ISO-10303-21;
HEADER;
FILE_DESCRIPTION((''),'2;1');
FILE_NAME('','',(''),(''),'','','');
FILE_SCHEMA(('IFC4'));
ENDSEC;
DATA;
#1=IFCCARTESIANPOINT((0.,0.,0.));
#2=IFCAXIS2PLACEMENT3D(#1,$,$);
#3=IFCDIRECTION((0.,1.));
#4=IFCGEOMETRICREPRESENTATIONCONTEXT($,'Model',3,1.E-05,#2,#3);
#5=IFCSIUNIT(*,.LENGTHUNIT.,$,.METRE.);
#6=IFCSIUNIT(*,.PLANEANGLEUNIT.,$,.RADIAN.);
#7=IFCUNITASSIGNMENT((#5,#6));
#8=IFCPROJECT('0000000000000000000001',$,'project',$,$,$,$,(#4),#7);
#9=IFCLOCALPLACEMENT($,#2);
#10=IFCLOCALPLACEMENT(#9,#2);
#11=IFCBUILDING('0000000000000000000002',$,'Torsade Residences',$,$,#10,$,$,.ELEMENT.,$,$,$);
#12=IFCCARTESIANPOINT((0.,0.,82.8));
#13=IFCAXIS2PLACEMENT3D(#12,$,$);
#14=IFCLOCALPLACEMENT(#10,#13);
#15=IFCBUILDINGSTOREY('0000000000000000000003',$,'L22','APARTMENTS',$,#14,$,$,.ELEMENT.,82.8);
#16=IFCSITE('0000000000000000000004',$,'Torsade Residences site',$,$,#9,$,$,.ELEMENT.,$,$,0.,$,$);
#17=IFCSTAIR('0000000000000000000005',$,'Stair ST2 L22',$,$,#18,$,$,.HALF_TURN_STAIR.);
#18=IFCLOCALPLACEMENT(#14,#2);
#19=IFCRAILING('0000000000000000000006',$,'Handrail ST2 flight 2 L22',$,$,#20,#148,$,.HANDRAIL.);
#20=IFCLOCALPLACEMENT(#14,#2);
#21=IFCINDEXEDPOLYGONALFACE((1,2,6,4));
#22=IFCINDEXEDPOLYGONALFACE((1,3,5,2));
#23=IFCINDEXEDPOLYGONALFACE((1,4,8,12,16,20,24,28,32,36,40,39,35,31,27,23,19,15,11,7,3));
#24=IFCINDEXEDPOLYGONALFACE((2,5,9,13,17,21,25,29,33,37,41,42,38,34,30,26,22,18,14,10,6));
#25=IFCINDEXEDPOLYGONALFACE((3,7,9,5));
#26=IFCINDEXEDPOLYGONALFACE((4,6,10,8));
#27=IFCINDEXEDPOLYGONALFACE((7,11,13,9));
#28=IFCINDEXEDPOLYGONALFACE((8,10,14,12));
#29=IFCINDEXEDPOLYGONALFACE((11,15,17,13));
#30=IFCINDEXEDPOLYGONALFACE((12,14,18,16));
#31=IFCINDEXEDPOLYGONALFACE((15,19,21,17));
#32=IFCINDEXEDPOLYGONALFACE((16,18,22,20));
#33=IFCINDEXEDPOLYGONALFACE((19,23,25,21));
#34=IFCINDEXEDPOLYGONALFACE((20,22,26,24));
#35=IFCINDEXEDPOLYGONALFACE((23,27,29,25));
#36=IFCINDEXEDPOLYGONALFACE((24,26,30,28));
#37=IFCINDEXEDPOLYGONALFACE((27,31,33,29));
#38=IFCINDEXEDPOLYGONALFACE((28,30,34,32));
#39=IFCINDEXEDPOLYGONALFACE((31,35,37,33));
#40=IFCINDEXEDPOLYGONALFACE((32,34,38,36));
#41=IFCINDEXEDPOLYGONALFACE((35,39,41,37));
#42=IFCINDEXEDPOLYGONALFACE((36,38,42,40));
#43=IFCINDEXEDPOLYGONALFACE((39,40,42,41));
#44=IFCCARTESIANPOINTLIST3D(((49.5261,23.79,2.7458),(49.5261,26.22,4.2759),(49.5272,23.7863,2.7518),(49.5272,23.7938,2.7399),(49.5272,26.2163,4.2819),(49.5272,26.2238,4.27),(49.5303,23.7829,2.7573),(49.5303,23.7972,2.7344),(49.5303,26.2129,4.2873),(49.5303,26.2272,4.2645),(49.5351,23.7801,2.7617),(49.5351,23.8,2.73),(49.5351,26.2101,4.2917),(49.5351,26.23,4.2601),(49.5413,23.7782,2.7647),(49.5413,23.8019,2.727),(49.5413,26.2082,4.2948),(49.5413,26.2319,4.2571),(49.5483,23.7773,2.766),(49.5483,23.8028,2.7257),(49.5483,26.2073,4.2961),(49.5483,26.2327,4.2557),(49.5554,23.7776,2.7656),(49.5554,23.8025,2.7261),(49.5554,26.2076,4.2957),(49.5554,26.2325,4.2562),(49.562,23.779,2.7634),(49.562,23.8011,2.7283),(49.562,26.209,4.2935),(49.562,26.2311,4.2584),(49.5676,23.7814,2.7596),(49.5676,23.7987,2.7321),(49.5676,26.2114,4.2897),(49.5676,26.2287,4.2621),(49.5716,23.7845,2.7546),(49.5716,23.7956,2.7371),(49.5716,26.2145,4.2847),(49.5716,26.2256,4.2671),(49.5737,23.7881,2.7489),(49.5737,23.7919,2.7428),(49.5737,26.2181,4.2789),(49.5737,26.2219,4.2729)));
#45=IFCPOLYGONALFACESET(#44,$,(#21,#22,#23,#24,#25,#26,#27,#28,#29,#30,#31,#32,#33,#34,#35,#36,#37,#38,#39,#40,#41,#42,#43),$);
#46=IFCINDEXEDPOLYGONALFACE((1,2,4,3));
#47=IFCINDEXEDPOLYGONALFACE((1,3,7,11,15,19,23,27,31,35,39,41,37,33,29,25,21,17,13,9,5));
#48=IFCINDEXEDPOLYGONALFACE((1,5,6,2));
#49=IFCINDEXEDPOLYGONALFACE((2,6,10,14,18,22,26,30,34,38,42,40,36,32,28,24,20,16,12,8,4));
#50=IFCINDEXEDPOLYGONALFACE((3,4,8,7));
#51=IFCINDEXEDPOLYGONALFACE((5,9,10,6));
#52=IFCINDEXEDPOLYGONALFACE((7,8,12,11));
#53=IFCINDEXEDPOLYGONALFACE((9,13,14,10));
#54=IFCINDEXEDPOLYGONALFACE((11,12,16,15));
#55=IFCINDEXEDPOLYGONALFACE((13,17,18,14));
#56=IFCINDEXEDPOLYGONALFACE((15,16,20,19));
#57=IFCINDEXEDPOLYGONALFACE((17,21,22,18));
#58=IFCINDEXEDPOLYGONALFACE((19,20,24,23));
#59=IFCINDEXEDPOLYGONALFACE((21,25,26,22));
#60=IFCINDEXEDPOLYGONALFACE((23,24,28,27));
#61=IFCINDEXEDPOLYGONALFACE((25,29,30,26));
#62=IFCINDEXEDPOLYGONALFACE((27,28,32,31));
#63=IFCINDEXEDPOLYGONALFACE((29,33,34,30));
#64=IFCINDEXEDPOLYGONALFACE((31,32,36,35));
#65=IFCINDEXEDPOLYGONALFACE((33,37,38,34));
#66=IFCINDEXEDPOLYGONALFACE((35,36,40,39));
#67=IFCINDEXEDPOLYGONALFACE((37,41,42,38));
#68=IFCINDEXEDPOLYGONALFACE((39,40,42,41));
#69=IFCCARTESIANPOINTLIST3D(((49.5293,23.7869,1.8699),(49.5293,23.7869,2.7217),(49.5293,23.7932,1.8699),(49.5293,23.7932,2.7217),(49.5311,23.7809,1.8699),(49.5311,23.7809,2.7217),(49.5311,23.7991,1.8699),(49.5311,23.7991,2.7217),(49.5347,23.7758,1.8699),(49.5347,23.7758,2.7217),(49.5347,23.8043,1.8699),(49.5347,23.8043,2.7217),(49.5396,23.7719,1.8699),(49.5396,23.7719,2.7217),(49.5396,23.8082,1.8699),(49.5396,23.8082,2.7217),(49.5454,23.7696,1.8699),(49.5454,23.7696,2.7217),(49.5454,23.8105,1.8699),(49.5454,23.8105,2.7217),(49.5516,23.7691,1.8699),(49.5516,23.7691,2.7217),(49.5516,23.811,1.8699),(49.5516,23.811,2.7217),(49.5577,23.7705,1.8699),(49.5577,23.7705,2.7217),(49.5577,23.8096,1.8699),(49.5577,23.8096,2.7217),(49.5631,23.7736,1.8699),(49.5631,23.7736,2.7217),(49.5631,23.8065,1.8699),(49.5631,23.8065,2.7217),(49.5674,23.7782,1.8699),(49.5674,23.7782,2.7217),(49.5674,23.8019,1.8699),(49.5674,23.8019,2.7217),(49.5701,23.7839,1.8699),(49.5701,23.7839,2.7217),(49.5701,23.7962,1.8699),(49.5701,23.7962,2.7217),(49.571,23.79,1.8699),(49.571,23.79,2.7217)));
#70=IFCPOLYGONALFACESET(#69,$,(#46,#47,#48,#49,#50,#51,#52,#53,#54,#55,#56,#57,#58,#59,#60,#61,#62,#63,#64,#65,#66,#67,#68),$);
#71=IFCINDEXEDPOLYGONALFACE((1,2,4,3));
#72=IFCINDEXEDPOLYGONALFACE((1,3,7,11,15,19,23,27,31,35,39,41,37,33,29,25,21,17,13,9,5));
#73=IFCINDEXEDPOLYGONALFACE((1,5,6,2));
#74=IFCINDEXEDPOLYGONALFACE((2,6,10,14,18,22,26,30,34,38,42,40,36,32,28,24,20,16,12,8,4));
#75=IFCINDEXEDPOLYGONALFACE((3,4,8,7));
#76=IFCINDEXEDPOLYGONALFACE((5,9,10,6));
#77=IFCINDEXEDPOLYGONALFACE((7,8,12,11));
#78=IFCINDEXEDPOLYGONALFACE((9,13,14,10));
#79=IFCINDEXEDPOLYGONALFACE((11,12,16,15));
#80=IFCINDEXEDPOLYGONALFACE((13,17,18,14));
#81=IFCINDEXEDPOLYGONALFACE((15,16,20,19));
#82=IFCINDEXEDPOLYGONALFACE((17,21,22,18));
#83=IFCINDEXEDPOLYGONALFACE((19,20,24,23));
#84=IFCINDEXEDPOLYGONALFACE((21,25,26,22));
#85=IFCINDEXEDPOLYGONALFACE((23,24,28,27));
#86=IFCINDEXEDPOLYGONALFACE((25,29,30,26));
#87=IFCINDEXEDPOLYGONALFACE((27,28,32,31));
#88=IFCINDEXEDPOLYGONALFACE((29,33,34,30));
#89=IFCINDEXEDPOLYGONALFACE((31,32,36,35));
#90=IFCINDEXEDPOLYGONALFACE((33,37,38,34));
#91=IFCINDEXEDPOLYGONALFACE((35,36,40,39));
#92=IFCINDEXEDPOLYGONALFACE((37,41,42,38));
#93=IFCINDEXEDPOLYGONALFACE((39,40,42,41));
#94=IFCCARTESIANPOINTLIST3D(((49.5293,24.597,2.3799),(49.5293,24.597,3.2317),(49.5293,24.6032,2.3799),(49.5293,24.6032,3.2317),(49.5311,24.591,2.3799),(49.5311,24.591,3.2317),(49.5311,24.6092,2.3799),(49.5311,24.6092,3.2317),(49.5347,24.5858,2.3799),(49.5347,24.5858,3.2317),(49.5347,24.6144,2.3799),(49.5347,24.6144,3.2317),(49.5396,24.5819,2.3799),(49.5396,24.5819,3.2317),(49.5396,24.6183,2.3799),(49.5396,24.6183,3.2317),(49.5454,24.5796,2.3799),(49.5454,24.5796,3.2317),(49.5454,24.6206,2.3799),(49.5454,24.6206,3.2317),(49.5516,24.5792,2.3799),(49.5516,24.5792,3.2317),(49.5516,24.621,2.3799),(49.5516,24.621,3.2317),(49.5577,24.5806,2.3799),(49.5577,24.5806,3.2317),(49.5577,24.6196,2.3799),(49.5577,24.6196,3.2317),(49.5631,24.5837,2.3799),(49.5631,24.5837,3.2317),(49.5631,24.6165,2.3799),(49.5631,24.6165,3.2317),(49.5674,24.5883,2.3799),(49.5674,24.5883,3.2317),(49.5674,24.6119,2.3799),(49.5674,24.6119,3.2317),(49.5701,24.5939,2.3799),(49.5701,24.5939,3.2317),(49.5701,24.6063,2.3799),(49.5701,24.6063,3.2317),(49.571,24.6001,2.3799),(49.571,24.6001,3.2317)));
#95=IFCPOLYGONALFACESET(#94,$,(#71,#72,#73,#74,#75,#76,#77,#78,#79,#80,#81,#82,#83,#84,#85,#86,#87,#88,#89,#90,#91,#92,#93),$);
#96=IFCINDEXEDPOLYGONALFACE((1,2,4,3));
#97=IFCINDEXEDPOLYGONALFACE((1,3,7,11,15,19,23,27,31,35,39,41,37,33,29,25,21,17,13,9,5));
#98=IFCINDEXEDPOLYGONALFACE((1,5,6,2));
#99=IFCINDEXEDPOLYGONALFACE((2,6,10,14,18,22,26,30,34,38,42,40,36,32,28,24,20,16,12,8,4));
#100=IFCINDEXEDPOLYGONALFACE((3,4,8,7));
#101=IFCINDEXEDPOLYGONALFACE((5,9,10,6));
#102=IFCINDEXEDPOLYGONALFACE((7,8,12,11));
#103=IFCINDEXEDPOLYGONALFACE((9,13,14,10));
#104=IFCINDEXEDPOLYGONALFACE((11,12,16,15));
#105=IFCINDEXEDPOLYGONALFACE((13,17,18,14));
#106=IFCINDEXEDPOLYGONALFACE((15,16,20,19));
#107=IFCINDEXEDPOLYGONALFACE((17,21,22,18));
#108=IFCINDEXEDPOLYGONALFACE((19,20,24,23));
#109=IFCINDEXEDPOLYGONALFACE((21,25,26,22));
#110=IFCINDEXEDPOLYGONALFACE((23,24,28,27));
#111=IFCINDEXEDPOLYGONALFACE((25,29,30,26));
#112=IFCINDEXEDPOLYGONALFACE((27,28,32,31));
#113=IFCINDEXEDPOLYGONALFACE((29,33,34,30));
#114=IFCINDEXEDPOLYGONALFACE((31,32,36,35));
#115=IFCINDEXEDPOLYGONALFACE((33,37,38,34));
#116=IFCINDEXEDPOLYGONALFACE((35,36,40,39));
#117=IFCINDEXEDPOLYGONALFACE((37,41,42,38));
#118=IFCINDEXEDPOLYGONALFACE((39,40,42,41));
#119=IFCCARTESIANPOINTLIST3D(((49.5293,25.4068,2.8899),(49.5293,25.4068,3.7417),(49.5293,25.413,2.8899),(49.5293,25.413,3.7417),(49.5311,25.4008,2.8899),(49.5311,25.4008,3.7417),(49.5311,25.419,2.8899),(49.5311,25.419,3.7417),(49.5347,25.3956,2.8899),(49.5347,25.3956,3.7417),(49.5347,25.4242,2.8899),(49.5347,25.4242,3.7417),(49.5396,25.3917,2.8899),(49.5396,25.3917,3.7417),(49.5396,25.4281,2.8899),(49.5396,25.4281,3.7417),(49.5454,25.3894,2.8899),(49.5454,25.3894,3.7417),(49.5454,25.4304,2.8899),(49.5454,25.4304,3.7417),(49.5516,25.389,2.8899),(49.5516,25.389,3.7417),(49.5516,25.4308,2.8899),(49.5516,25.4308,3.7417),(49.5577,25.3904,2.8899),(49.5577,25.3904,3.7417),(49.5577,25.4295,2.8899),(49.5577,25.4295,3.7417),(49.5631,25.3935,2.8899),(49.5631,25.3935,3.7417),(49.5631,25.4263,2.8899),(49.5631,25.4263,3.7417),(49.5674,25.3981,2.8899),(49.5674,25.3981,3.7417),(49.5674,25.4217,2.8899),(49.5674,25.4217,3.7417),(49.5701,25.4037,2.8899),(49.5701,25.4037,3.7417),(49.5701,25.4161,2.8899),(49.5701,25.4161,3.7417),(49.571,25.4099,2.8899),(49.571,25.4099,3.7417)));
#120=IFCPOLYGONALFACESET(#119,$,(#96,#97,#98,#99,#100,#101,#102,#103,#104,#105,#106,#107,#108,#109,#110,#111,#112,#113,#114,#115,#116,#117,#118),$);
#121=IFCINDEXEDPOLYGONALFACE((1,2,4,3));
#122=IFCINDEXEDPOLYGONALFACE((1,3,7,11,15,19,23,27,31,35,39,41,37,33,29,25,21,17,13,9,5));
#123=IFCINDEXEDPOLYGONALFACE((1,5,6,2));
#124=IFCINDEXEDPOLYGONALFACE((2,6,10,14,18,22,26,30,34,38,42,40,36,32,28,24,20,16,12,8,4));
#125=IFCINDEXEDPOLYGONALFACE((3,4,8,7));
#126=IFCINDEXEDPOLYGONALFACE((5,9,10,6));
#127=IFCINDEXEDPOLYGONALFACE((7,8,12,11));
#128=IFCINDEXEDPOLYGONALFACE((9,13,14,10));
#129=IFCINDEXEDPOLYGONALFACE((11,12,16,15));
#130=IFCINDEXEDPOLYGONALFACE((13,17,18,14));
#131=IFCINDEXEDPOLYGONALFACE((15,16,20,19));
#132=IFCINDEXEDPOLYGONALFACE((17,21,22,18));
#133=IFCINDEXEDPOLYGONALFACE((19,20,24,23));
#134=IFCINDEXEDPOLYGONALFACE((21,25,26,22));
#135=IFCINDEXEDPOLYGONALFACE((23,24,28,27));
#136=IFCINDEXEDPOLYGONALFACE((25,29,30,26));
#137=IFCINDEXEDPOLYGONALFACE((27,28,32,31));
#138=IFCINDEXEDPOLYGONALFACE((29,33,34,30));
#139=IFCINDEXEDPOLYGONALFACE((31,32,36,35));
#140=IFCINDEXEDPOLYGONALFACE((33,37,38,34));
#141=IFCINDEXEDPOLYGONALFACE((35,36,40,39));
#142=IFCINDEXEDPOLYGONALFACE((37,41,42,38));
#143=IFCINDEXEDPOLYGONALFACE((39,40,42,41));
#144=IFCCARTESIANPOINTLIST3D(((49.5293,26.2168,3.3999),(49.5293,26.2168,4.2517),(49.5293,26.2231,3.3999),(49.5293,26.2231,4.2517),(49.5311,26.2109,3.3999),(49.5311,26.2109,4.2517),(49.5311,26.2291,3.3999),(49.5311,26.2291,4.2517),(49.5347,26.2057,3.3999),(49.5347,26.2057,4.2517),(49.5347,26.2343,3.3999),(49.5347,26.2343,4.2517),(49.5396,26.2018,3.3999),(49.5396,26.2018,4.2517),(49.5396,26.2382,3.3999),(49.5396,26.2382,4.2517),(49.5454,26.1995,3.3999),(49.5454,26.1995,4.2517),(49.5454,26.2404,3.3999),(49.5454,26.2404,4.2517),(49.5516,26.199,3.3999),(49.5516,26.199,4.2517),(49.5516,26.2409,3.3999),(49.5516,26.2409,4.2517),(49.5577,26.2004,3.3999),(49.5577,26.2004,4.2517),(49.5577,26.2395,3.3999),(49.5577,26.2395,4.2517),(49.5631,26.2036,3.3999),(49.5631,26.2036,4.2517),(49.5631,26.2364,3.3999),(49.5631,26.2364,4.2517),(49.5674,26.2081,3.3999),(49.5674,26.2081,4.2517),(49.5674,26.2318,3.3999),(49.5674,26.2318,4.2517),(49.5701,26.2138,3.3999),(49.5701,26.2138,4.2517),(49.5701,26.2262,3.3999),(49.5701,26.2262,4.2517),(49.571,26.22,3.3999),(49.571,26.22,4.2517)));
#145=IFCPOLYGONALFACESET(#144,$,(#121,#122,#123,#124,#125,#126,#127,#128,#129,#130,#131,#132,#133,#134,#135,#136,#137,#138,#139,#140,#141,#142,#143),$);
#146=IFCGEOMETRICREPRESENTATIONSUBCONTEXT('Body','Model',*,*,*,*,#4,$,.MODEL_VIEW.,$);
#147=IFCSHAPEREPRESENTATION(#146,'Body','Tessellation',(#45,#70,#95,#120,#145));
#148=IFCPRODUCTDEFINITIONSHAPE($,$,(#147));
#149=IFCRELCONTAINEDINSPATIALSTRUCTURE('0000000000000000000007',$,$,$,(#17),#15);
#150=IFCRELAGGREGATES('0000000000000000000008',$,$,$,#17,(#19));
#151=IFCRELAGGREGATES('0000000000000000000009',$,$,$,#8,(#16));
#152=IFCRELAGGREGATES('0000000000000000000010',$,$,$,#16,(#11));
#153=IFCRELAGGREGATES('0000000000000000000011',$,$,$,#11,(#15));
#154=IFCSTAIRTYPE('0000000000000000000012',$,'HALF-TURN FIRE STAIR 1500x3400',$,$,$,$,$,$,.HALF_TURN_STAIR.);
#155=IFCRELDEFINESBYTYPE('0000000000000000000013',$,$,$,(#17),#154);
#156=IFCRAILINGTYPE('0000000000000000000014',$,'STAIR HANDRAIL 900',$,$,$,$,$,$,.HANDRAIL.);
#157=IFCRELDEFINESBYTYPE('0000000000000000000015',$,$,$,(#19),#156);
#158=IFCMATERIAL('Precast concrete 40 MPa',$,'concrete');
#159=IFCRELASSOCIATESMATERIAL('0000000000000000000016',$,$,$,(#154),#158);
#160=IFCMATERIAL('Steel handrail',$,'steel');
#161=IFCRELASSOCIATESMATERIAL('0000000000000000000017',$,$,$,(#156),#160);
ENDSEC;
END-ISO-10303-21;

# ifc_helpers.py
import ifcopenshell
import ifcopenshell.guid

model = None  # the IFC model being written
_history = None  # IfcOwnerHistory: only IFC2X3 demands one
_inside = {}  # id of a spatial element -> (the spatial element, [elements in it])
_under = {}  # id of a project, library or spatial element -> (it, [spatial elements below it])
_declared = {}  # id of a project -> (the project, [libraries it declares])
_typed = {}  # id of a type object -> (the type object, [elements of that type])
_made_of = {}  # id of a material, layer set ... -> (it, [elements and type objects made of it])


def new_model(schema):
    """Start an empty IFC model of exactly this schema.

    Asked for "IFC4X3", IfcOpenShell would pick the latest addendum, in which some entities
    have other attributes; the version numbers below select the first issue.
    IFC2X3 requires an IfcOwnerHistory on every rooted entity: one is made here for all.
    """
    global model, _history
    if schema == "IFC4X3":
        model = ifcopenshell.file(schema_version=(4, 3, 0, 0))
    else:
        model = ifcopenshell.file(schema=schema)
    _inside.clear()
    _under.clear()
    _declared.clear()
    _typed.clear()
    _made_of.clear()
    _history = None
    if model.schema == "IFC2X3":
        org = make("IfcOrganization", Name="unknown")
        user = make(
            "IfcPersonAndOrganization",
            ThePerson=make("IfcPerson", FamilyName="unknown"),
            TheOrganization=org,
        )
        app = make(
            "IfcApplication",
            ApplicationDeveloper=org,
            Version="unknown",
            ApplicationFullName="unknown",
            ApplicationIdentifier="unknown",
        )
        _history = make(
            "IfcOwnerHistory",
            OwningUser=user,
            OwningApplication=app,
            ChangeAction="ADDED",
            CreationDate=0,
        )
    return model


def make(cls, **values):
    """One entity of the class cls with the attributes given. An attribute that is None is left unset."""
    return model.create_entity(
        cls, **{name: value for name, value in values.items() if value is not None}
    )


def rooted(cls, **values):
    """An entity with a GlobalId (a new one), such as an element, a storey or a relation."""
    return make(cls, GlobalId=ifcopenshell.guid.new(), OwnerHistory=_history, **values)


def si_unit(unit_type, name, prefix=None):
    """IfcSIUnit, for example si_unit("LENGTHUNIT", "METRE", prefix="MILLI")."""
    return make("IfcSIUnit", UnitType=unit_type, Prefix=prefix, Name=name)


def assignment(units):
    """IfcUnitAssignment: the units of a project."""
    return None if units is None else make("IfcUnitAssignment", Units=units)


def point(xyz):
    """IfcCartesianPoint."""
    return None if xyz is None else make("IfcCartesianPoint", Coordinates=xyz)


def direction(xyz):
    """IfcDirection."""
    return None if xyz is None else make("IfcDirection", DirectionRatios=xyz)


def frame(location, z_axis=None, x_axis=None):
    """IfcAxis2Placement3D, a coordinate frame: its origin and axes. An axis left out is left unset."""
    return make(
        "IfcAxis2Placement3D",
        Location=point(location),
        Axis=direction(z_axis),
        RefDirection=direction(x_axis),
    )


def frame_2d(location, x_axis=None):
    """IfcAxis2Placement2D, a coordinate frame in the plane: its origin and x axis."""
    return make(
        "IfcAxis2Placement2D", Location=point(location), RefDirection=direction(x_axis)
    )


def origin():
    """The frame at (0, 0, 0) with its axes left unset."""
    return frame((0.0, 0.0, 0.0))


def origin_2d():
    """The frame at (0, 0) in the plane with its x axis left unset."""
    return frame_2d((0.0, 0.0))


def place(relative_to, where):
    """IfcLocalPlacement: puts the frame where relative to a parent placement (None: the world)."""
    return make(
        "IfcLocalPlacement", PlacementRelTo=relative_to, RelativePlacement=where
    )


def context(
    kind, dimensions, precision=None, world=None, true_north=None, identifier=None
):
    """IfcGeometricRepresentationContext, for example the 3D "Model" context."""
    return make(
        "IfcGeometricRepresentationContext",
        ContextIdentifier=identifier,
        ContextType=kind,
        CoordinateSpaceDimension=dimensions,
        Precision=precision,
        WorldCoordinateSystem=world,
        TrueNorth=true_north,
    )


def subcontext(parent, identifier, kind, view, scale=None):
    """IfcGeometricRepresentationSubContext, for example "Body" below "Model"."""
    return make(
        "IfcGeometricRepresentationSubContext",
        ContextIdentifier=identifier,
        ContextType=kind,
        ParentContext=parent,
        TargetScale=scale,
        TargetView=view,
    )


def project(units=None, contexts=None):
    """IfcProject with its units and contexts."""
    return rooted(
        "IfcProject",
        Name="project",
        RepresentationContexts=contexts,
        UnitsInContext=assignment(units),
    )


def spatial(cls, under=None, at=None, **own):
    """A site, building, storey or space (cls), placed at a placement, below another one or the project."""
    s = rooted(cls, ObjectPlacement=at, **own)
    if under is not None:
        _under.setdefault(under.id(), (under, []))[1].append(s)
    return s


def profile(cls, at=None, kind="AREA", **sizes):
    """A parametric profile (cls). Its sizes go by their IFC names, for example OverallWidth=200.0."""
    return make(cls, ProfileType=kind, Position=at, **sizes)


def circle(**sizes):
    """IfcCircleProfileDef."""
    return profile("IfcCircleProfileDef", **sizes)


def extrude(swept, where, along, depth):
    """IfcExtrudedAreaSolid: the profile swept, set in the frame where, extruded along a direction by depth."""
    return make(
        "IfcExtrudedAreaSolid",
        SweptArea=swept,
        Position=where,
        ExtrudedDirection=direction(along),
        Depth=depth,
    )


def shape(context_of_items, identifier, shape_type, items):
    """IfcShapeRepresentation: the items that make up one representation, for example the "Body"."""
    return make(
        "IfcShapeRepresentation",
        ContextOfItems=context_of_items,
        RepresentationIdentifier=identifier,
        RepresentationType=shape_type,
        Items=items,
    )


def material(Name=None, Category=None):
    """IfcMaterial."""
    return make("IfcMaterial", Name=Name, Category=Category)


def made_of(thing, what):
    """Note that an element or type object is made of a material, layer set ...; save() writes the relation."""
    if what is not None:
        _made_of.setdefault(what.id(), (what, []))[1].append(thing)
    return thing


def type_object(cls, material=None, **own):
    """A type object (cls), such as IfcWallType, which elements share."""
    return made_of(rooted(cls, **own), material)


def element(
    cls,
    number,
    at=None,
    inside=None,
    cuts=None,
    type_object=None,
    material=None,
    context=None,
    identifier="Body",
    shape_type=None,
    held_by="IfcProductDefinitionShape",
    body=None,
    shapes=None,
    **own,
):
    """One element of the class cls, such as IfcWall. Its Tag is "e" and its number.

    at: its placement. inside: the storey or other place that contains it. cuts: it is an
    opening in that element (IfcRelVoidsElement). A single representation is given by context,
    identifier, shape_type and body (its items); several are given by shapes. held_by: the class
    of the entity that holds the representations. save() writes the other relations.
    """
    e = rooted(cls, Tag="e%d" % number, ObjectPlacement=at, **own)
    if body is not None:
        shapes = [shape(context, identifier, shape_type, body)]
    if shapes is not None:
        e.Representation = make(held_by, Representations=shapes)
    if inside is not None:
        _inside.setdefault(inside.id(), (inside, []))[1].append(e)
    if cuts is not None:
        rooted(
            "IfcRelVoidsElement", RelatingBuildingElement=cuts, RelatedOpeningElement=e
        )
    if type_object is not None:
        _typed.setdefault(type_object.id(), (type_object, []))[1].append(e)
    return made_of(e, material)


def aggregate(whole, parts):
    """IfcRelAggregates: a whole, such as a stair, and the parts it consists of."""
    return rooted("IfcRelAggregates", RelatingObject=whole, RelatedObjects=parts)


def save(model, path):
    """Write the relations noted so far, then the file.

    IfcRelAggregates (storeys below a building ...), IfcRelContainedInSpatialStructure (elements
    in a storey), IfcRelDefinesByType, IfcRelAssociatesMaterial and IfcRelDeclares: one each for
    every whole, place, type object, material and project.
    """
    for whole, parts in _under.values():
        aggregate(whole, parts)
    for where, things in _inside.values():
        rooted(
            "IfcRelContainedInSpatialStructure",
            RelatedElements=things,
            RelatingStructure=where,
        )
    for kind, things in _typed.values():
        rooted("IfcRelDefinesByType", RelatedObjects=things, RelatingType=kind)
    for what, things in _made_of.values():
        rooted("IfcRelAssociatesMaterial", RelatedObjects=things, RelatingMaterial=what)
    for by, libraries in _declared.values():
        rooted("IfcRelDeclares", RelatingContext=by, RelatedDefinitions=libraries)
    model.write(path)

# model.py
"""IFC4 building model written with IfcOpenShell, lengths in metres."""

from ifc_helpers import new_model, si_unit, direction, frame, origin, origin_2d, place, context, subcontext, project, spatial, circle, extrude, material, type_object, element, aggregate, save


model = new_model("IFC4")

# Units and contexts
model_context = context("Model", 3, precision=1e-05, world=origin(), true_north=direction((0.0, 1.0)))
body_context = subcontext(model_context, "Body", "Model", "MODEL_VIEW")
ifc_project = project(units=[si_unit("LENGTHUNIT", "METRE"), si_unit("PLANEANGLEUNIT", "RADIAN")], contexts=[model_context])

# Site, building, storey
site_placement = place(None, origin())
site = spatial("IfcSite", under=ifc_project, at=site_placement, Name="Torsade Residences site", CompositionType="ELEMENT", RefElevation=0.0)
building_placement = place(site_placement, origin())
building = spatial("IfcBuilding", under=site, at=building_placement, Name="Torsade Residences", CompositionType="ELEMENT")
storey_placement = place(building_placement, frame((0.0, 0.0, 82.8)))
storey = spatial("IfcBuildingStorey", under=building, at=storey_placement, Name="L22", Description="APARTMENTS", CompositionType="ELEMENT", Elevation=82.8)

# Stair, railing
ifc_material_1 = material(Name="Precast concrete 40 MPa", Category="concrete")
stair_type = type_object("IfcStairType", Name="HALF-TURN FIRE STAIR 1500x3400", PredefinedType="HALF_TURN_STAIR", material=ifc_material_1)
stair_placement = place(storey_placement, origin())
stair = element("IfcStair", 1, at=stair_placement, inside=storey, type_object=stair_type, Name="Stair ST2 L22", PredefinedType="HALF_TURN_STAIR")
ifc_material_2 = material(Name="Steel handrail", Category="steel")
railing_type = type_object("IfcRailingType", Name="STAIR HANDRAIL 900", PredefinedType="HANDRAIL", material=ifc_material_2)
railing_1_placement = place(storey_placement, frame((49.55, 23.79, 1.8699)))
railing_1 = element("IfcRailing", 2, at=railing_1_placement, type_object=railing_type, Name="Handrail ST2 flight 2 L22", PredefinedType="HANDRAIL", context=body_context, shape_type="SweptSolid", body=[
    extrude(circle(Radius=0.0239, at=origin_2d()), frame((0.0, 0.0, 0.876), z_axis=(0.0, 0.846221, 0.532831), x_axis=(-1.0, 0.0, 0.0)), (0.0, 0.0, 1.0), 2.8716),
    extrude(circle(Radius=0.021, at=origin_2d()), origin(), (0.0, 0.0, 1.0), 0.8518),
    extrude(circle(Radius=0.021, at=origin_2d()), frame((0.0, 0.8101, 0.51)), (0.0, 0.0, 1.0), 0.8518),
    extrude(circle(Radius=0.021, at=origin_2d()), frame((0.0, 1.6199, 1.02)), (0.0, 0.0, 1.0), 0.8518),
    extrude(circle(Radius=0.021, at=origin_2d()), frame((0.0, 2.4299, 1.53)), (0.0, 0.0, 1.0), 0.8518),
])
aggregate(stair, [railing_1])

save(model, "model.ifc")
